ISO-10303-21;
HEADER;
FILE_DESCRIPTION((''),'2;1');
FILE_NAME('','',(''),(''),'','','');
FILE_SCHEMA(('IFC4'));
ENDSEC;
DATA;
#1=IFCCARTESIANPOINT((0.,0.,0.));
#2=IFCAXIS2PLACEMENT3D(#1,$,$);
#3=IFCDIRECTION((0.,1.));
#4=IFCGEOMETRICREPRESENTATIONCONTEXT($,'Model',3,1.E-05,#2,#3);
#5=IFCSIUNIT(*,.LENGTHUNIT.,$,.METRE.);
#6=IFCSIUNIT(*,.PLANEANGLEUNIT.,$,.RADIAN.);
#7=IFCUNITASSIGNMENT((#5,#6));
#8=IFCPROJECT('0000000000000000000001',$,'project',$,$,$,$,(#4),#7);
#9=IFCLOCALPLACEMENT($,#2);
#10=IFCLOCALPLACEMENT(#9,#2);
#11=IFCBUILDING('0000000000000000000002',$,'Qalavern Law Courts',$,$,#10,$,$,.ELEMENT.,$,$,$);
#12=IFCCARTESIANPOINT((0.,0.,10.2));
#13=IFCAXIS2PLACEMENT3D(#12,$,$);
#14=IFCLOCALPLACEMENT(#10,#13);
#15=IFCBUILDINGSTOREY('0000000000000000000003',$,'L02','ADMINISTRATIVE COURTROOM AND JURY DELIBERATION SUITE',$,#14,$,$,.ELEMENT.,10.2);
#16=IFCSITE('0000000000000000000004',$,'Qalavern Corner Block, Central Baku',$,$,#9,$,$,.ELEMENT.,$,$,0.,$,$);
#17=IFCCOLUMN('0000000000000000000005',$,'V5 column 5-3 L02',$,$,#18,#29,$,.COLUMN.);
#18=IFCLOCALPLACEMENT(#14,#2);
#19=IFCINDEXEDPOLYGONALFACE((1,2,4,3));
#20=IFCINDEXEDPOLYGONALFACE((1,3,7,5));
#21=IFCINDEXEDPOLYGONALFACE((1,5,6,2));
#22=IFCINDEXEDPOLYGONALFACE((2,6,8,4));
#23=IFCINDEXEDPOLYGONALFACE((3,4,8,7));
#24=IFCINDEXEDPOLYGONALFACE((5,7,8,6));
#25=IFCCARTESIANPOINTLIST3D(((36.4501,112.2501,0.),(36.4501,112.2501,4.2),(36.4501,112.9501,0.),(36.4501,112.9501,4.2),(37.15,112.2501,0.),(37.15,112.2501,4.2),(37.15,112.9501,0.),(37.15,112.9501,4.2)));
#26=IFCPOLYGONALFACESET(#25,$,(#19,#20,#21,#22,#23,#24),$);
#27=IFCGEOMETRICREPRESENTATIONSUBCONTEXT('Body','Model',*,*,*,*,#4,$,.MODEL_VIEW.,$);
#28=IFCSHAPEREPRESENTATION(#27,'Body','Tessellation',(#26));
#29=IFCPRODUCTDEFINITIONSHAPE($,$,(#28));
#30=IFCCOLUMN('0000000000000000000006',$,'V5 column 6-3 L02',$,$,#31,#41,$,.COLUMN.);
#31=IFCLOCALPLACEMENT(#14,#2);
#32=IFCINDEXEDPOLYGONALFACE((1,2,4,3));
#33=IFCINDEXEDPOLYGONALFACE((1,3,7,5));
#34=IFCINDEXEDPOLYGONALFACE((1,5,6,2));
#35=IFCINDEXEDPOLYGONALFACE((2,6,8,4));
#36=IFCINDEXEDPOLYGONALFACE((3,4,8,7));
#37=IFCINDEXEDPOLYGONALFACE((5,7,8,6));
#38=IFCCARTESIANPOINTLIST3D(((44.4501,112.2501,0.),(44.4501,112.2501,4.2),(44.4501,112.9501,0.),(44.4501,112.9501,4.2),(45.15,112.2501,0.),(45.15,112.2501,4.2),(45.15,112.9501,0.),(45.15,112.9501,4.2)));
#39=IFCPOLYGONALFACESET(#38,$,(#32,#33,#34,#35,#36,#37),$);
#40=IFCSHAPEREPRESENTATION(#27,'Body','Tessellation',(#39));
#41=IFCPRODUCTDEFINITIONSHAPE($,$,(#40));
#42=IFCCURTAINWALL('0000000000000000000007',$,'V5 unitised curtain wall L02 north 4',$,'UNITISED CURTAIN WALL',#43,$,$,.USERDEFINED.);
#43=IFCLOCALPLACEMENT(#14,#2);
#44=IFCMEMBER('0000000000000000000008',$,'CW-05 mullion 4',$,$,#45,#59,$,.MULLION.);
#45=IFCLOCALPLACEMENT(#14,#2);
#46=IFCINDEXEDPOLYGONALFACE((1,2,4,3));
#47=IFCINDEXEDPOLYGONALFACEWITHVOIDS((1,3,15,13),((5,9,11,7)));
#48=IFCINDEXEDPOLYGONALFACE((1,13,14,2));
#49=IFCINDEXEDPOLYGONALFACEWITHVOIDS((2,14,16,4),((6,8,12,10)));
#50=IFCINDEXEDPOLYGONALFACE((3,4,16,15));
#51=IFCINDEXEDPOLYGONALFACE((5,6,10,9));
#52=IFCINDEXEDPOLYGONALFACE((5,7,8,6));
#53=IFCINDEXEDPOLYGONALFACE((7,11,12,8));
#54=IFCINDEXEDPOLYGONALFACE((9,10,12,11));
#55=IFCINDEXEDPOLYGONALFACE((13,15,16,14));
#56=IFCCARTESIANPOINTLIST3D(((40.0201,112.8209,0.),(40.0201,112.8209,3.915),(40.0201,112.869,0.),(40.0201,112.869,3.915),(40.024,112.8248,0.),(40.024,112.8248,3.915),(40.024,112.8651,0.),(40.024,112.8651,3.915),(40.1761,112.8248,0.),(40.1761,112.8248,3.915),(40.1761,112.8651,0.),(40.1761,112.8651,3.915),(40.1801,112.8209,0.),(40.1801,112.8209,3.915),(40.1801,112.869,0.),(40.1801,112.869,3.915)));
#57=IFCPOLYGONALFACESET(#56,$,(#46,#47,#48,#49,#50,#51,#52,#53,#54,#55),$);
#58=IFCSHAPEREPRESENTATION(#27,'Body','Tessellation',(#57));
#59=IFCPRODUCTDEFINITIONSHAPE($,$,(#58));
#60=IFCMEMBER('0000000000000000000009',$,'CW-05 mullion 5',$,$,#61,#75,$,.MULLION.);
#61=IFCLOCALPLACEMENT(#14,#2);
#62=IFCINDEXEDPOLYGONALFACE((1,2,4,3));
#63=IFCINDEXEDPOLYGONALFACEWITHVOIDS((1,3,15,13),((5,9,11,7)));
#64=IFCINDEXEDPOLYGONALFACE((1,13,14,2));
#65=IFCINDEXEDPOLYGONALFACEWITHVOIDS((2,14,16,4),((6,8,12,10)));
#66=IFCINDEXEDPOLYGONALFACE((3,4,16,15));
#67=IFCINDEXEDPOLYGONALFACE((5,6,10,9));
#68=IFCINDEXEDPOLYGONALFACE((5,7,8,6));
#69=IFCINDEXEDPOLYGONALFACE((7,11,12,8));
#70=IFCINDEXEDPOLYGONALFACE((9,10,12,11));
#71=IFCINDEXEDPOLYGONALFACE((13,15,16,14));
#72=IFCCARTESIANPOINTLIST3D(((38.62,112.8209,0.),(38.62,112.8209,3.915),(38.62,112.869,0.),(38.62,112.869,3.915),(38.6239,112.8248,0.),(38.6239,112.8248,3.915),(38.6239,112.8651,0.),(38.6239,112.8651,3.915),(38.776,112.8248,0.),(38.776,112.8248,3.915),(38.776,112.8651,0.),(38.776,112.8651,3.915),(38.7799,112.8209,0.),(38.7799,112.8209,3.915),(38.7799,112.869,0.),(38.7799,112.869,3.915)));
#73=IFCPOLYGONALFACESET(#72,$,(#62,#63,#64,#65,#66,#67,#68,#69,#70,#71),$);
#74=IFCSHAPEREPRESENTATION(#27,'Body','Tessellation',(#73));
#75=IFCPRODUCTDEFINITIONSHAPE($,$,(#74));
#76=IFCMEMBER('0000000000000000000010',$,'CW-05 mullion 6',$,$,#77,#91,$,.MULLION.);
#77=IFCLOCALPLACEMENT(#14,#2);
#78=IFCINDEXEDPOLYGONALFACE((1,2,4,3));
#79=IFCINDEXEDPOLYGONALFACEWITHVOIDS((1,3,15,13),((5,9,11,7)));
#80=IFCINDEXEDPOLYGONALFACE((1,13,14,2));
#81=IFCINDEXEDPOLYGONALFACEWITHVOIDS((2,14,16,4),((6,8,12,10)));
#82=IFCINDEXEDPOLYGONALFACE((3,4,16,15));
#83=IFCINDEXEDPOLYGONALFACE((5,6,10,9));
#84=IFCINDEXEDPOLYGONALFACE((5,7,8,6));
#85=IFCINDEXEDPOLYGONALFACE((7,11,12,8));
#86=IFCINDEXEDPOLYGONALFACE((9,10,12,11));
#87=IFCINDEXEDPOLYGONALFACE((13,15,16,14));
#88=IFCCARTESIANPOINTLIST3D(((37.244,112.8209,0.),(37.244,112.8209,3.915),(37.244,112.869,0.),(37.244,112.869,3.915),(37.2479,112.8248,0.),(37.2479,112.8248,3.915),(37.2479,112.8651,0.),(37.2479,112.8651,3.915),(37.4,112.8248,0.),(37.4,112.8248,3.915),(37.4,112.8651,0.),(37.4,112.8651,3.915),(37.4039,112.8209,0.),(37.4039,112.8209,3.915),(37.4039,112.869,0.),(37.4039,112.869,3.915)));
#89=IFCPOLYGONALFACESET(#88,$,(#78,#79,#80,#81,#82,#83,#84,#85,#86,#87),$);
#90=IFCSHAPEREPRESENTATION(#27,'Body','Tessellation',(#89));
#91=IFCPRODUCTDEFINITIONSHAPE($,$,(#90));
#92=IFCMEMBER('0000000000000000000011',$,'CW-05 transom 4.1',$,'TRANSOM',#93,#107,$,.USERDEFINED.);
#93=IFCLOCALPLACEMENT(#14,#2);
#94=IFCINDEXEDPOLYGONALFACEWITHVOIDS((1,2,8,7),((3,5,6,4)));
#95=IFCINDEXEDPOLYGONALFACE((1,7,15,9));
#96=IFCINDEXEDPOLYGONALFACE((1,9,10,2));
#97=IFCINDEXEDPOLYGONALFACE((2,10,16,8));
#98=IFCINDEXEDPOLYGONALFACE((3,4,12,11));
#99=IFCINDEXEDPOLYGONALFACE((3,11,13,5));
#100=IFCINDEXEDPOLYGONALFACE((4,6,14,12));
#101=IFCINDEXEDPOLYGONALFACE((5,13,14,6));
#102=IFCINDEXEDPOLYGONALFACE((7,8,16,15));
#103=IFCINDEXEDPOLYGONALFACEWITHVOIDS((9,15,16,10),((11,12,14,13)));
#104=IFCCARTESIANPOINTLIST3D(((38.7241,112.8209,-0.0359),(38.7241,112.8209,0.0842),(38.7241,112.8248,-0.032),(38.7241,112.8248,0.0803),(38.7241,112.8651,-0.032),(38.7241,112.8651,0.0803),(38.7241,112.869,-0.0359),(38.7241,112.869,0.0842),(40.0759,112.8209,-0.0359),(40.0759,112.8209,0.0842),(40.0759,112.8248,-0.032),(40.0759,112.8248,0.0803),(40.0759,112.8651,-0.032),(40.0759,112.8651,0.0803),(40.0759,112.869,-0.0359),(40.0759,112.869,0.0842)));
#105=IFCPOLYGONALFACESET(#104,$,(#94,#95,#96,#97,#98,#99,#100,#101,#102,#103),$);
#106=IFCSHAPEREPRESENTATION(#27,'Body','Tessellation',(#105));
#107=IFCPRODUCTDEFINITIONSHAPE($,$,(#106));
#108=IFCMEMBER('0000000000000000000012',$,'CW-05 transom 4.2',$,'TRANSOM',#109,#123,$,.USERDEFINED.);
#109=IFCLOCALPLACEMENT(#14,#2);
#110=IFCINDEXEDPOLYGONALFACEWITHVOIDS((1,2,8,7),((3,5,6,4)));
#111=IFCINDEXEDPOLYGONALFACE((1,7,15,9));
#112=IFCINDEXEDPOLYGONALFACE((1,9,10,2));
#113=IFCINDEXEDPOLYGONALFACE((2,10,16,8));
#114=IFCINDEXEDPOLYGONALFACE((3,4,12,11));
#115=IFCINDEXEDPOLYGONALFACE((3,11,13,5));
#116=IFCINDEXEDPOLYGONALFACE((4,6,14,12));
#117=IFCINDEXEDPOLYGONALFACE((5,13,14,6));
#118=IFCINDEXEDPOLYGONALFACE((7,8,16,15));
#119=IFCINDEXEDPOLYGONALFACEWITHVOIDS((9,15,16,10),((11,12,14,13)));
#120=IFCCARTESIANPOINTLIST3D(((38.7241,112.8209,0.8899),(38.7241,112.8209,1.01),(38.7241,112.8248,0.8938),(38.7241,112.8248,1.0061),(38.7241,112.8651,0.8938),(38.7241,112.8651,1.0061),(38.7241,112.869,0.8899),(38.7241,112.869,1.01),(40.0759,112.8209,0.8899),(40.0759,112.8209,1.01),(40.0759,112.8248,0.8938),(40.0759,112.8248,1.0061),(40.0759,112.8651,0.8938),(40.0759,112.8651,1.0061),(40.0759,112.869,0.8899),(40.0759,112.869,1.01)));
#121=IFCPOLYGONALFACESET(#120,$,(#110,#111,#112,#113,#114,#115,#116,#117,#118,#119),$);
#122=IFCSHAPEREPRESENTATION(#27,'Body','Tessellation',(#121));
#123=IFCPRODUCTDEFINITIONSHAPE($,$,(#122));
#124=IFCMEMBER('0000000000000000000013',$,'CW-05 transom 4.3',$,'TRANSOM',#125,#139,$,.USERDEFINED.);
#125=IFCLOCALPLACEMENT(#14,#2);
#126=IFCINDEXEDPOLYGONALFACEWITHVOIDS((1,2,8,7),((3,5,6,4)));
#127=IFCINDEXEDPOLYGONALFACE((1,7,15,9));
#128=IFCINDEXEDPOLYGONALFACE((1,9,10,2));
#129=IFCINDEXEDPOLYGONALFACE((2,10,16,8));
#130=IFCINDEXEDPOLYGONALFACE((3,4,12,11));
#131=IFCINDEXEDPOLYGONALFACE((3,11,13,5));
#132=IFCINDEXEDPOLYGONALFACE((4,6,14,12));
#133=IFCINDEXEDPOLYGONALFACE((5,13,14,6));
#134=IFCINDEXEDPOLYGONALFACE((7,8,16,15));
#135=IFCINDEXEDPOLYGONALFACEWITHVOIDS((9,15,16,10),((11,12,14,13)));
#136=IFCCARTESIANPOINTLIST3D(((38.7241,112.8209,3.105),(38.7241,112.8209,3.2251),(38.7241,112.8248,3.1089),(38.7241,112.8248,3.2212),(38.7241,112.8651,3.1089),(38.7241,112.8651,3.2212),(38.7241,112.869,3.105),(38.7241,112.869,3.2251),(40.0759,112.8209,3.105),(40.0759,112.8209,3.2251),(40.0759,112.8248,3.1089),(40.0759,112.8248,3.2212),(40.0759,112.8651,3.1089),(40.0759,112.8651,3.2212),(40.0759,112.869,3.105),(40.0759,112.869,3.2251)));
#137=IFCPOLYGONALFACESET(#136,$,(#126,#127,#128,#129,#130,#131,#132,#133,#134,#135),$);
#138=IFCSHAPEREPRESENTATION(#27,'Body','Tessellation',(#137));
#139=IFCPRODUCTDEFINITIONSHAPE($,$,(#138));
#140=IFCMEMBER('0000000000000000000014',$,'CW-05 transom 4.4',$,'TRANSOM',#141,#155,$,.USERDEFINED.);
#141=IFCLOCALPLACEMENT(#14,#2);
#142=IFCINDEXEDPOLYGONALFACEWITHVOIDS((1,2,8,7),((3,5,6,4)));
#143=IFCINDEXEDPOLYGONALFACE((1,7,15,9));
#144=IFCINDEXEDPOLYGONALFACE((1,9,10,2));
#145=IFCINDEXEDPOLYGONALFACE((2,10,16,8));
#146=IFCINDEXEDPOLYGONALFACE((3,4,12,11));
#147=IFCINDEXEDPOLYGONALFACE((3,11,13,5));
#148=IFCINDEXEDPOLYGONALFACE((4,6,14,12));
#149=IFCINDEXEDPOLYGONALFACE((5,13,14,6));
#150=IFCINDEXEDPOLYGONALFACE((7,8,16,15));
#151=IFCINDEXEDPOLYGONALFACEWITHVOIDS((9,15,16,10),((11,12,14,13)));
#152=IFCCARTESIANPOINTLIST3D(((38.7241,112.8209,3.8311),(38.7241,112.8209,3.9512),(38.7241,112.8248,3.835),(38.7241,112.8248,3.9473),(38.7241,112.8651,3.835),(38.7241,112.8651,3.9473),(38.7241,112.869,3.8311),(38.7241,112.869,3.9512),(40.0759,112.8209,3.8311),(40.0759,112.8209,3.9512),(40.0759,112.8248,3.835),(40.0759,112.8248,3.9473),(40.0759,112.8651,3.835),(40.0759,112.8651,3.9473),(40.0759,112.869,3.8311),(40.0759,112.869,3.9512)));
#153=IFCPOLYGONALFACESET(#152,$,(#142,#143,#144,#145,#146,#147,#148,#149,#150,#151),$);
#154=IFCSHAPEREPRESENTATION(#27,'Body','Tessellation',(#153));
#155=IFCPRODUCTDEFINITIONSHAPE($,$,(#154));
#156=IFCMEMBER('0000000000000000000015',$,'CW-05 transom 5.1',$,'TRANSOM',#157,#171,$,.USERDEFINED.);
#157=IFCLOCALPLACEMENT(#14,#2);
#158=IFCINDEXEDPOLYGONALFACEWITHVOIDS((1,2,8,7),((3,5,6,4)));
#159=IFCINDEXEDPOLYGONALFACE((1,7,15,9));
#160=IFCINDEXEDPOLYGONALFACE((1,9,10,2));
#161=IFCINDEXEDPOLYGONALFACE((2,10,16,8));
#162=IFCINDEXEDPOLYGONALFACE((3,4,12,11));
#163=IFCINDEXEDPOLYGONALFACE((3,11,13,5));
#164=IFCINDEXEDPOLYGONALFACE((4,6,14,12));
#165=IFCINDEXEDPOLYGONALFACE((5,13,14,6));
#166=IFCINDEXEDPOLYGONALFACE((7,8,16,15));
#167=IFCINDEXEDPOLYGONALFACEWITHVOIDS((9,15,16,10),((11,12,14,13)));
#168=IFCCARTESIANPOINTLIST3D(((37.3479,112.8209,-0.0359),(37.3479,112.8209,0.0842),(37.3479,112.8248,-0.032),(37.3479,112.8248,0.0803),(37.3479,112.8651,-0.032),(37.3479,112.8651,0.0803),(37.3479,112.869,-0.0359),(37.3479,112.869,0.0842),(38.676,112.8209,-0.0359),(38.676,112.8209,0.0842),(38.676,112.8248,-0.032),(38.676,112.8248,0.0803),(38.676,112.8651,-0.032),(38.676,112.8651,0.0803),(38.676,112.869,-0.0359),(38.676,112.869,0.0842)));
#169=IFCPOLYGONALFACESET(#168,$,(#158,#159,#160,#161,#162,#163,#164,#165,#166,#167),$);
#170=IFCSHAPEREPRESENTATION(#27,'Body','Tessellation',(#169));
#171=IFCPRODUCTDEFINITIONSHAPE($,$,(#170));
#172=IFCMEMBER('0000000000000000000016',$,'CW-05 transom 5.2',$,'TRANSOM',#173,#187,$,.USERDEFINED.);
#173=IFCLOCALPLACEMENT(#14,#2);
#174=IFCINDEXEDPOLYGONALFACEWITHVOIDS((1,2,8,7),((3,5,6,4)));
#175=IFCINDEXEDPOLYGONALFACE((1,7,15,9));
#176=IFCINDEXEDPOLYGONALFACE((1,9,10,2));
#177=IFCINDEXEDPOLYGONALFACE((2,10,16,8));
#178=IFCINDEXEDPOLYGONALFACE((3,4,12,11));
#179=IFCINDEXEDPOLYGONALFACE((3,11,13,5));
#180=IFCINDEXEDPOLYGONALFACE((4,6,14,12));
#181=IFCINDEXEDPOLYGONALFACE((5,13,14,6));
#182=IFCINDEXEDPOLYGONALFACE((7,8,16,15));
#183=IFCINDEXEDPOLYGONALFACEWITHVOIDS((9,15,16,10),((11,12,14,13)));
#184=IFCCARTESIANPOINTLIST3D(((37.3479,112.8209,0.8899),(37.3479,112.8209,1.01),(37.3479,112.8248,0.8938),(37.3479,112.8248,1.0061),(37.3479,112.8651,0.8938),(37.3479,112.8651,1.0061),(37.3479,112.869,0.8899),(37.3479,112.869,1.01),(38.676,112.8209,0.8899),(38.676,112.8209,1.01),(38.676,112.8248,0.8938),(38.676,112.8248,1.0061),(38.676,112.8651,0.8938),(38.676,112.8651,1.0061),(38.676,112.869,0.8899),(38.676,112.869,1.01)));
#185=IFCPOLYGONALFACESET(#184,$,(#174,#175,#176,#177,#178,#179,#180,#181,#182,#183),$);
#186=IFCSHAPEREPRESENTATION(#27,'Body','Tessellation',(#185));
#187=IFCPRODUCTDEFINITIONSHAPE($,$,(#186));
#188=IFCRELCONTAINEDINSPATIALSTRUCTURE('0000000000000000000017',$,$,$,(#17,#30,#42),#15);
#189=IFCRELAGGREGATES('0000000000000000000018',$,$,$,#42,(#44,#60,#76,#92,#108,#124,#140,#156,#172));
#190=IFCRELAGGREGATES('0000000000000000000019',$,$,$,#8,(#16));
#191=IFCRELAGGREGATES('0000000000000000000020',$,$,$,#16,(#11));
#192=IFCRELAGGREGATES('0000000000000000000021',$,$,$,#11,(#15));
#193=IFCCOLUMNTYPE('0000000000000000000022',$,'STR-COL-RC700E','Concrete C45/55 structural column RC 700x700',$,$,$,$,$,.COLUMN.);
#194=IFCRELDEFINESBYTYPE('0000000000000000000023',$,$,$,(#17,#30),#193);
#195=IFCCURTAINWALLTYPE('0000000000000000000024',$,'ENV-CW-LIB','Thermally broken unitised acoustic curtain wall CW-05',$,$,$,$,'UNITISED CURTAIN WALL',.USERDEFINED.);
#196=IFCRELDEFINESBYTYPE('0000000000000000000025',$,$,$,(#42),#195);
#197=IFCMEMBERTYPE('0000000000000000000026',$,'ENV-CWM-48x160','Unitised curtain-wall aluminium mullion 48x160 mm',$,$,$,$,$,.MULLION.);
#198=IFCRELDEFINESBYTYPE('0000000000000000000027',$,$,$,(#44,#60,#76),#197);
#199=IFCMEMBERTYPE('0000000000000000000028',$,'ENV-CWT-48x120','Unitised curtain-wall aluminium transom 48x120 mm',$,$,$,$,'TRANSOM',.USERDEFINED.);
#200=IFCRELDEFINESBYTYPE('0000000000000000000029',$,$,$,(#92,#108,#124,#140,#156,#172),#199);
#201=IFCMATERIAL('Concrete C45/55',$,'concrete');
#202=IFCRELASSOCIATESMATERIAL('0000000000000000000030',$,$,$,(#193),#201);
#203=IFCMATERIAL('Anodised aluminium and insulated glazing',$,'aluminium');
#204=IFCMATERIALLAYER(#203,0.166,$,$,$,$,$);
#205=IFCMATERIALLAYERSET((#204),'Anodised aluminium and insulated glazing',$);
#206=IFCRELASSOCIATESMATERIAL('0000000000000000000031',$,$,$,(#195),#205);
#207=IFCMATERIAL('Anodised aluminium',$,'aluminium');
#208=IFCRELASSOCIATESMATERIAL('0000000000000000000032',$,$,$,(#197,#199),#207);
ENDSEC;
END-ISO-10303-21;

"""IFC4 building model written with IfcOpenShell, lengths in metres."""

from ifc_helpers import new_model, si_unit, direction, frame, origin, origin_2d, place, context, subcontext, project, spatial, rectangle, hollow_rectangle, extrude, material, layer, layer_set, material_profile, profile_set, type_object, element, aggregate, save


model = new_model("IFC4")

# Units and contexts
model_context = context("Model", 3, precision=1e-05, world=origin(), true_north=direction((0.0, 1.0)))
body_context = subcontext(model_context, "Body", "Model", "MODEL_VIEW")
ifc_project = project(units=[si_unit("LENGTHUNIT", "METRE"), si_unit("PLANEANGLEUNIT", "RADIAN")], contexts=[model_context])

# Site, building, storey
site_placement = place(None, origin())
site = spatial("IfcSite", under=ifc_project, at=site_placement, Name="Qalavern Corner Block, Central Baku", CompositionType="ELEMENT", RefElevation=0.0)
building_placement = place(site_placement, origin())
building = spatial("IfcBuilding", under=site, at=building_placement, Name="Qalavern Law Courts", CompositionType="ELEMENT")
storey_placement = place(building_placement, frame((0.0, 0.0, 10.2)))
storey = spatial("IfcBuildingStorey", under=building, at=storey_placement, Name="L02", Description="ADMINISTRATIVE COURTROOM AND JURY DELIBERATION SUITE", CompositionType="ELEMENT", Elevation=10.2)

# Columns
ifc_material_1 = material(Name="Concrete C45/55", Category="concrete")
ifc_material_profile_1 = material_profile(ifc_material_1, rectangle(XDim=0.7, YDim=0.7, at=origin_2d()), Name="RC 700x700")
ifc_profile_set_1 = profile_set([ifc_material_profile_1], Name="Concrete C45/55")
column_type = type_object("IfcColumnType", Name="STR-COL-RC700E", Description="Concrete C45/55 structural column RC 700x700", PredefinedType="COLUMN", material=ifc_profile_set_1)
for number, where, z_axis, x_axis, name in (
    (1, (36.8, 112.6001, 0.0), (0.0, 0.0, 1.0), (1.0, 0.0, 0.0), "V5 column 5-3 L02"),
    (2, (44.8, 112.6001, 0.0), (0.0, 0.0, 1.0), (1.0, 0.0, 0.0), "V5 column 6-3 L02"),
):
    element("IfcColumn", number, at=place(storey_placement, frame(where, z_axis=z_axis, x_axis=x_axis)), inside=storey, type_object=column_type, Name=name, PredefinedType="COLUMN", context=body_context, shape_type="SweptSolid", body=[
        extrude(rectangle(XDim=0.7, YDim=0.7, at=origin_2d()), origin(), (0.0, 0.0, 1.0), 4.2),
    ])

# Curtain wall, members
ifc_material_2 = material(Name="Anodised aluminium and insulated glazing", Category="aluminium")
ifc_layer_1 = layer(ifc_material_2, 0.166)
ifc_layer_set_1 = layer_set([ifc_layer_1], Name="Anodised aluminium and insulated glazing")
curtain_wall_type = type_object("IfcCurtainWallType", Name="ENV-CW-LIB", Description="Thermally broken unitised acoustic curtain wall CW-05", ElementType="UNITISED CURTAIN WALL", PredefinedType="USERDEFINED", material=ifc_layer_set_1)
curtain_wall_placement = place(storey_placement, origin())
curtain_wall = element("IfcCurtainWall", 3, at=curtain_wall_placement, inside=storey, type_object=curtain_wall_type, Name="V5 unitised curtain wall L02 north 4", ObjectType="UNITISED CURTAIN WALL", PredefinedType="USERDEFINED")
ifc_material_3 = material(Name="Anodised aluminium", Category="aluminium")
ifc_material_profile_2 = material_profile(ifc_material_3, hollow_rectangle(XDim=0.0481, YDim=0.1599, WallThickness=0.0039, at=origin_2d()), Name="ALU MULLION 48x160")
ifc_profile_set_2 = profile_set([ifc_material_profile_2], Name="Anodised aluminium")
member_type_1 = type_object("IfcMemberType", Name="ENV-CWM-48x160", Description="Unitised curtain-wall aluminium mullion 48x160 mm", PredefinedType="MULLION", material=ifc_profile_set_2)
member_1_placement = place(storey_placement, frame((40.1001, 112.845, 0.0), z_axis=(0.0, 0.0, 1.0), x_axis=(0.0, -1.0, 0.0)))
member_1 = element("IfcMember", 4, at=member_1_placement, type_object=member_type_1, Name="CW-05 mullion 4", PredefinedType="MULLION", context=body_context, shape_type="SweptSolid", body=[
    extrude(hollow_rectangle(XDim=0.0481, YDim=0.1599, WallThickness=0.0039, at=origin_2d()), origin(), (0.0, 0.0, 1.0), 3.915),
])
member_2_placement = place(storey_placement, frame((38.7, 112.845, 0.0), z_axis=(0.0, 0.0, 1.0), x_axis=(0.0, -1.0, 0.0)))
member_2 = element("IfcMember", 5, at=member_2_placement, type_object=member_type_1, Name="CW-05 mullion 5", PredefinedType="MULLION", context=body_context, shape_type="SweptSolid", body=[
    extrude(hollow_rectangle(XDim=0.0481, YDim=0.1599, WallThickness=0.0039, at=origin_2d()), origin(), (0.0, 0.0, 1.0), 3.915),
])
member_3_placement = place(storey_placement, frame((37.324, 112.845, 0.0), z_axis=(0.0, 0.0, 1.0), x_axis=(0.0, -1.0, 0.0)))
member_3 = element("IfcMember", 6, at=member_3_placement, type_object=member_type_1, Name="CW-05 mullion 6", PredefinedType="MULLION", context=body_context, shape_type="SweptSolid", body=[
    extrude(hollow_rectangle(XDim=0.0481, YDim=0.1599, WallThickness=0.0039, at=origin_2d()), origin(), (0.0, 0.0, 1.0), 3.915),
])
ifc_material_profile_3 = material_profile(ifc_material_3, hollow_rectangle(XDim=0.0481, YDim=0.1201, WallThickness=0.0039, at=origin_2d()), Name="ALU TRANSOM 48x120")
ifc_profile_set_3 = profile_set([ifc_material_profile_3], Name="Anodised aluminium")
member_type_2 = type_object("IfcMemberType", Name="ENV-CWT-48x120", Description="Unitised curtain-wall aluminium transom 48x120 mm", ElementType="TRANSOM", PredefinedType="USERDEFINED", material=ifc_profile_set_3)
member_4_placement = place(storey_placement, frame((40.0759, 112.845, 0.0242), z_axis=(-1.0, 0.0, 0.0), x_axis=(0.0, -1.0, 0.0)))
member_4 = element("IfcMember", 7, at=member_4_placement, type_object=member_type_2, Name="CW-05 transom 4.1", ObjectType="TRANSOM", PredefinedType="USERDEFINED", context=body_context, shape_type="SweptSolid", body=[
    extrude(hollow_rectangle(XDim=0.0481, YDim=0.1201, WallThickness=0.0039, at=origin_2d()), origin(), (0.0, 0.0, 1.0), 1.3518),
])
member_5_placement = place(storey_placement, frame((40.0759, 112.845, 0.95), z_axis=(-1.0, 0.0, 0.0), x_axis=(0.0, -1.0, 0.0)))
member_5 = element("IfcMember", 8, at=member_5_placement, type_object=member_type_2, Name="CW-05 transom 4.2", ObjectType="TRANSOM", PredefinedType="USERDEFINED", context=body_context, shape_type="SweptSolid", body=[
    extrude(hollow_rectangle(XDim=0.0481, YDim=0.1201, WallThickness=0.0039, at=origin_2d()), origin(), (0.0, 0.0, 1.0), 1.3518),
])
member_6_placement = place(storey_placement, frame((40.0759, 112.845, 3.165), z_axis=(-1.0, 0.0, 0.0), x_axis=(0.0, -1.0, 0.0)))
member_6 = element("IfcMember", 9, at=member_6_placement, type_object=member_type_2, Name="CW-05 transom 4.3", ObjectType="TRANSOM", PredefinedType="USERDEFINED", context=body_context, shape_type="SweptSolid", body=[
    extrude(hollow_rectangle(XDim=0.0481, YDim=0.1201, WallThickness=0.0039, at=origin_2d()), origin(), (0.0, 0.0, 1.0), 1.3518),
])
member_7_placement = place(storey_placement, frame((40.0759, 112.845, 3.8911), z_axis=(-1.0, 0.0, 0.0), x_axis=(0.0, -1.0, 0.0)))
member_7 = element("IfcMember", 10, at=member_7_placement, type_object=member_type_2, Name="CW-05 transom 4.4", ObjectType="TRANSOM", PredefinedType="USERDEFINED", context=body_context, shape_type="SweptSolid", body=[
    extrude(hollow_rectangle(XDim=0.0481, YDim=0.1201, WallThickness=0.0039, at=origin_2d()), origin(), (0.0, 0.0, 1.0), 1.3518),
])
member_8_placement = place(storey_placement, frame((38.676, 112.845, 0.0242), z_axis=(-1.0, 0.0, 0.0), x_axis=(0.0, -1.0, 0.0)))
member_8 = element("IfcMember", 11, at=member_8_placement, type_object=member_type_2, Name="CW-05 transom 5.1", ObjectType="TRANSOM", PredefinedType="USERDEFINED", context=body_context, shape_type="SweptSolid", body=[
    extrude(hollow_rectangle(XDim=0.0481, YDim=0.1201, WallThickness=0.0039, at=origin_2d()), origin(), (0.0, 0.0, 1.0), 1.3281),
])
member_9_placement = place(storey_placement, frame((38.676, 112.845, 0.95), z_axis=(-1.0, 0.0, 0.0), x_axis=(0.0, -1.0, 0.0)))
member_9 = element("IfcMember", 12, at=member_9_placement, type_object=member_type_2, Name="CW-05 transom 5.2", ObjectType="TRANSOM", PredefinedType="USERDEFINED", context=body_context, shape_type="SweptSolid", body=[
    extrude(hollow_rectangle(XDim=0.0481, YDim=0.1201, WallThickness=0.0039, at=origin_2d()), origin(), (0.0, 0.0, 1.0), 1.3281),
])

aggregate(curtain_wall, [member_1, member_2, member_3, member_4, member_5, member_6, member_7, member_8, member_9])

save(model, "model.ifc")
